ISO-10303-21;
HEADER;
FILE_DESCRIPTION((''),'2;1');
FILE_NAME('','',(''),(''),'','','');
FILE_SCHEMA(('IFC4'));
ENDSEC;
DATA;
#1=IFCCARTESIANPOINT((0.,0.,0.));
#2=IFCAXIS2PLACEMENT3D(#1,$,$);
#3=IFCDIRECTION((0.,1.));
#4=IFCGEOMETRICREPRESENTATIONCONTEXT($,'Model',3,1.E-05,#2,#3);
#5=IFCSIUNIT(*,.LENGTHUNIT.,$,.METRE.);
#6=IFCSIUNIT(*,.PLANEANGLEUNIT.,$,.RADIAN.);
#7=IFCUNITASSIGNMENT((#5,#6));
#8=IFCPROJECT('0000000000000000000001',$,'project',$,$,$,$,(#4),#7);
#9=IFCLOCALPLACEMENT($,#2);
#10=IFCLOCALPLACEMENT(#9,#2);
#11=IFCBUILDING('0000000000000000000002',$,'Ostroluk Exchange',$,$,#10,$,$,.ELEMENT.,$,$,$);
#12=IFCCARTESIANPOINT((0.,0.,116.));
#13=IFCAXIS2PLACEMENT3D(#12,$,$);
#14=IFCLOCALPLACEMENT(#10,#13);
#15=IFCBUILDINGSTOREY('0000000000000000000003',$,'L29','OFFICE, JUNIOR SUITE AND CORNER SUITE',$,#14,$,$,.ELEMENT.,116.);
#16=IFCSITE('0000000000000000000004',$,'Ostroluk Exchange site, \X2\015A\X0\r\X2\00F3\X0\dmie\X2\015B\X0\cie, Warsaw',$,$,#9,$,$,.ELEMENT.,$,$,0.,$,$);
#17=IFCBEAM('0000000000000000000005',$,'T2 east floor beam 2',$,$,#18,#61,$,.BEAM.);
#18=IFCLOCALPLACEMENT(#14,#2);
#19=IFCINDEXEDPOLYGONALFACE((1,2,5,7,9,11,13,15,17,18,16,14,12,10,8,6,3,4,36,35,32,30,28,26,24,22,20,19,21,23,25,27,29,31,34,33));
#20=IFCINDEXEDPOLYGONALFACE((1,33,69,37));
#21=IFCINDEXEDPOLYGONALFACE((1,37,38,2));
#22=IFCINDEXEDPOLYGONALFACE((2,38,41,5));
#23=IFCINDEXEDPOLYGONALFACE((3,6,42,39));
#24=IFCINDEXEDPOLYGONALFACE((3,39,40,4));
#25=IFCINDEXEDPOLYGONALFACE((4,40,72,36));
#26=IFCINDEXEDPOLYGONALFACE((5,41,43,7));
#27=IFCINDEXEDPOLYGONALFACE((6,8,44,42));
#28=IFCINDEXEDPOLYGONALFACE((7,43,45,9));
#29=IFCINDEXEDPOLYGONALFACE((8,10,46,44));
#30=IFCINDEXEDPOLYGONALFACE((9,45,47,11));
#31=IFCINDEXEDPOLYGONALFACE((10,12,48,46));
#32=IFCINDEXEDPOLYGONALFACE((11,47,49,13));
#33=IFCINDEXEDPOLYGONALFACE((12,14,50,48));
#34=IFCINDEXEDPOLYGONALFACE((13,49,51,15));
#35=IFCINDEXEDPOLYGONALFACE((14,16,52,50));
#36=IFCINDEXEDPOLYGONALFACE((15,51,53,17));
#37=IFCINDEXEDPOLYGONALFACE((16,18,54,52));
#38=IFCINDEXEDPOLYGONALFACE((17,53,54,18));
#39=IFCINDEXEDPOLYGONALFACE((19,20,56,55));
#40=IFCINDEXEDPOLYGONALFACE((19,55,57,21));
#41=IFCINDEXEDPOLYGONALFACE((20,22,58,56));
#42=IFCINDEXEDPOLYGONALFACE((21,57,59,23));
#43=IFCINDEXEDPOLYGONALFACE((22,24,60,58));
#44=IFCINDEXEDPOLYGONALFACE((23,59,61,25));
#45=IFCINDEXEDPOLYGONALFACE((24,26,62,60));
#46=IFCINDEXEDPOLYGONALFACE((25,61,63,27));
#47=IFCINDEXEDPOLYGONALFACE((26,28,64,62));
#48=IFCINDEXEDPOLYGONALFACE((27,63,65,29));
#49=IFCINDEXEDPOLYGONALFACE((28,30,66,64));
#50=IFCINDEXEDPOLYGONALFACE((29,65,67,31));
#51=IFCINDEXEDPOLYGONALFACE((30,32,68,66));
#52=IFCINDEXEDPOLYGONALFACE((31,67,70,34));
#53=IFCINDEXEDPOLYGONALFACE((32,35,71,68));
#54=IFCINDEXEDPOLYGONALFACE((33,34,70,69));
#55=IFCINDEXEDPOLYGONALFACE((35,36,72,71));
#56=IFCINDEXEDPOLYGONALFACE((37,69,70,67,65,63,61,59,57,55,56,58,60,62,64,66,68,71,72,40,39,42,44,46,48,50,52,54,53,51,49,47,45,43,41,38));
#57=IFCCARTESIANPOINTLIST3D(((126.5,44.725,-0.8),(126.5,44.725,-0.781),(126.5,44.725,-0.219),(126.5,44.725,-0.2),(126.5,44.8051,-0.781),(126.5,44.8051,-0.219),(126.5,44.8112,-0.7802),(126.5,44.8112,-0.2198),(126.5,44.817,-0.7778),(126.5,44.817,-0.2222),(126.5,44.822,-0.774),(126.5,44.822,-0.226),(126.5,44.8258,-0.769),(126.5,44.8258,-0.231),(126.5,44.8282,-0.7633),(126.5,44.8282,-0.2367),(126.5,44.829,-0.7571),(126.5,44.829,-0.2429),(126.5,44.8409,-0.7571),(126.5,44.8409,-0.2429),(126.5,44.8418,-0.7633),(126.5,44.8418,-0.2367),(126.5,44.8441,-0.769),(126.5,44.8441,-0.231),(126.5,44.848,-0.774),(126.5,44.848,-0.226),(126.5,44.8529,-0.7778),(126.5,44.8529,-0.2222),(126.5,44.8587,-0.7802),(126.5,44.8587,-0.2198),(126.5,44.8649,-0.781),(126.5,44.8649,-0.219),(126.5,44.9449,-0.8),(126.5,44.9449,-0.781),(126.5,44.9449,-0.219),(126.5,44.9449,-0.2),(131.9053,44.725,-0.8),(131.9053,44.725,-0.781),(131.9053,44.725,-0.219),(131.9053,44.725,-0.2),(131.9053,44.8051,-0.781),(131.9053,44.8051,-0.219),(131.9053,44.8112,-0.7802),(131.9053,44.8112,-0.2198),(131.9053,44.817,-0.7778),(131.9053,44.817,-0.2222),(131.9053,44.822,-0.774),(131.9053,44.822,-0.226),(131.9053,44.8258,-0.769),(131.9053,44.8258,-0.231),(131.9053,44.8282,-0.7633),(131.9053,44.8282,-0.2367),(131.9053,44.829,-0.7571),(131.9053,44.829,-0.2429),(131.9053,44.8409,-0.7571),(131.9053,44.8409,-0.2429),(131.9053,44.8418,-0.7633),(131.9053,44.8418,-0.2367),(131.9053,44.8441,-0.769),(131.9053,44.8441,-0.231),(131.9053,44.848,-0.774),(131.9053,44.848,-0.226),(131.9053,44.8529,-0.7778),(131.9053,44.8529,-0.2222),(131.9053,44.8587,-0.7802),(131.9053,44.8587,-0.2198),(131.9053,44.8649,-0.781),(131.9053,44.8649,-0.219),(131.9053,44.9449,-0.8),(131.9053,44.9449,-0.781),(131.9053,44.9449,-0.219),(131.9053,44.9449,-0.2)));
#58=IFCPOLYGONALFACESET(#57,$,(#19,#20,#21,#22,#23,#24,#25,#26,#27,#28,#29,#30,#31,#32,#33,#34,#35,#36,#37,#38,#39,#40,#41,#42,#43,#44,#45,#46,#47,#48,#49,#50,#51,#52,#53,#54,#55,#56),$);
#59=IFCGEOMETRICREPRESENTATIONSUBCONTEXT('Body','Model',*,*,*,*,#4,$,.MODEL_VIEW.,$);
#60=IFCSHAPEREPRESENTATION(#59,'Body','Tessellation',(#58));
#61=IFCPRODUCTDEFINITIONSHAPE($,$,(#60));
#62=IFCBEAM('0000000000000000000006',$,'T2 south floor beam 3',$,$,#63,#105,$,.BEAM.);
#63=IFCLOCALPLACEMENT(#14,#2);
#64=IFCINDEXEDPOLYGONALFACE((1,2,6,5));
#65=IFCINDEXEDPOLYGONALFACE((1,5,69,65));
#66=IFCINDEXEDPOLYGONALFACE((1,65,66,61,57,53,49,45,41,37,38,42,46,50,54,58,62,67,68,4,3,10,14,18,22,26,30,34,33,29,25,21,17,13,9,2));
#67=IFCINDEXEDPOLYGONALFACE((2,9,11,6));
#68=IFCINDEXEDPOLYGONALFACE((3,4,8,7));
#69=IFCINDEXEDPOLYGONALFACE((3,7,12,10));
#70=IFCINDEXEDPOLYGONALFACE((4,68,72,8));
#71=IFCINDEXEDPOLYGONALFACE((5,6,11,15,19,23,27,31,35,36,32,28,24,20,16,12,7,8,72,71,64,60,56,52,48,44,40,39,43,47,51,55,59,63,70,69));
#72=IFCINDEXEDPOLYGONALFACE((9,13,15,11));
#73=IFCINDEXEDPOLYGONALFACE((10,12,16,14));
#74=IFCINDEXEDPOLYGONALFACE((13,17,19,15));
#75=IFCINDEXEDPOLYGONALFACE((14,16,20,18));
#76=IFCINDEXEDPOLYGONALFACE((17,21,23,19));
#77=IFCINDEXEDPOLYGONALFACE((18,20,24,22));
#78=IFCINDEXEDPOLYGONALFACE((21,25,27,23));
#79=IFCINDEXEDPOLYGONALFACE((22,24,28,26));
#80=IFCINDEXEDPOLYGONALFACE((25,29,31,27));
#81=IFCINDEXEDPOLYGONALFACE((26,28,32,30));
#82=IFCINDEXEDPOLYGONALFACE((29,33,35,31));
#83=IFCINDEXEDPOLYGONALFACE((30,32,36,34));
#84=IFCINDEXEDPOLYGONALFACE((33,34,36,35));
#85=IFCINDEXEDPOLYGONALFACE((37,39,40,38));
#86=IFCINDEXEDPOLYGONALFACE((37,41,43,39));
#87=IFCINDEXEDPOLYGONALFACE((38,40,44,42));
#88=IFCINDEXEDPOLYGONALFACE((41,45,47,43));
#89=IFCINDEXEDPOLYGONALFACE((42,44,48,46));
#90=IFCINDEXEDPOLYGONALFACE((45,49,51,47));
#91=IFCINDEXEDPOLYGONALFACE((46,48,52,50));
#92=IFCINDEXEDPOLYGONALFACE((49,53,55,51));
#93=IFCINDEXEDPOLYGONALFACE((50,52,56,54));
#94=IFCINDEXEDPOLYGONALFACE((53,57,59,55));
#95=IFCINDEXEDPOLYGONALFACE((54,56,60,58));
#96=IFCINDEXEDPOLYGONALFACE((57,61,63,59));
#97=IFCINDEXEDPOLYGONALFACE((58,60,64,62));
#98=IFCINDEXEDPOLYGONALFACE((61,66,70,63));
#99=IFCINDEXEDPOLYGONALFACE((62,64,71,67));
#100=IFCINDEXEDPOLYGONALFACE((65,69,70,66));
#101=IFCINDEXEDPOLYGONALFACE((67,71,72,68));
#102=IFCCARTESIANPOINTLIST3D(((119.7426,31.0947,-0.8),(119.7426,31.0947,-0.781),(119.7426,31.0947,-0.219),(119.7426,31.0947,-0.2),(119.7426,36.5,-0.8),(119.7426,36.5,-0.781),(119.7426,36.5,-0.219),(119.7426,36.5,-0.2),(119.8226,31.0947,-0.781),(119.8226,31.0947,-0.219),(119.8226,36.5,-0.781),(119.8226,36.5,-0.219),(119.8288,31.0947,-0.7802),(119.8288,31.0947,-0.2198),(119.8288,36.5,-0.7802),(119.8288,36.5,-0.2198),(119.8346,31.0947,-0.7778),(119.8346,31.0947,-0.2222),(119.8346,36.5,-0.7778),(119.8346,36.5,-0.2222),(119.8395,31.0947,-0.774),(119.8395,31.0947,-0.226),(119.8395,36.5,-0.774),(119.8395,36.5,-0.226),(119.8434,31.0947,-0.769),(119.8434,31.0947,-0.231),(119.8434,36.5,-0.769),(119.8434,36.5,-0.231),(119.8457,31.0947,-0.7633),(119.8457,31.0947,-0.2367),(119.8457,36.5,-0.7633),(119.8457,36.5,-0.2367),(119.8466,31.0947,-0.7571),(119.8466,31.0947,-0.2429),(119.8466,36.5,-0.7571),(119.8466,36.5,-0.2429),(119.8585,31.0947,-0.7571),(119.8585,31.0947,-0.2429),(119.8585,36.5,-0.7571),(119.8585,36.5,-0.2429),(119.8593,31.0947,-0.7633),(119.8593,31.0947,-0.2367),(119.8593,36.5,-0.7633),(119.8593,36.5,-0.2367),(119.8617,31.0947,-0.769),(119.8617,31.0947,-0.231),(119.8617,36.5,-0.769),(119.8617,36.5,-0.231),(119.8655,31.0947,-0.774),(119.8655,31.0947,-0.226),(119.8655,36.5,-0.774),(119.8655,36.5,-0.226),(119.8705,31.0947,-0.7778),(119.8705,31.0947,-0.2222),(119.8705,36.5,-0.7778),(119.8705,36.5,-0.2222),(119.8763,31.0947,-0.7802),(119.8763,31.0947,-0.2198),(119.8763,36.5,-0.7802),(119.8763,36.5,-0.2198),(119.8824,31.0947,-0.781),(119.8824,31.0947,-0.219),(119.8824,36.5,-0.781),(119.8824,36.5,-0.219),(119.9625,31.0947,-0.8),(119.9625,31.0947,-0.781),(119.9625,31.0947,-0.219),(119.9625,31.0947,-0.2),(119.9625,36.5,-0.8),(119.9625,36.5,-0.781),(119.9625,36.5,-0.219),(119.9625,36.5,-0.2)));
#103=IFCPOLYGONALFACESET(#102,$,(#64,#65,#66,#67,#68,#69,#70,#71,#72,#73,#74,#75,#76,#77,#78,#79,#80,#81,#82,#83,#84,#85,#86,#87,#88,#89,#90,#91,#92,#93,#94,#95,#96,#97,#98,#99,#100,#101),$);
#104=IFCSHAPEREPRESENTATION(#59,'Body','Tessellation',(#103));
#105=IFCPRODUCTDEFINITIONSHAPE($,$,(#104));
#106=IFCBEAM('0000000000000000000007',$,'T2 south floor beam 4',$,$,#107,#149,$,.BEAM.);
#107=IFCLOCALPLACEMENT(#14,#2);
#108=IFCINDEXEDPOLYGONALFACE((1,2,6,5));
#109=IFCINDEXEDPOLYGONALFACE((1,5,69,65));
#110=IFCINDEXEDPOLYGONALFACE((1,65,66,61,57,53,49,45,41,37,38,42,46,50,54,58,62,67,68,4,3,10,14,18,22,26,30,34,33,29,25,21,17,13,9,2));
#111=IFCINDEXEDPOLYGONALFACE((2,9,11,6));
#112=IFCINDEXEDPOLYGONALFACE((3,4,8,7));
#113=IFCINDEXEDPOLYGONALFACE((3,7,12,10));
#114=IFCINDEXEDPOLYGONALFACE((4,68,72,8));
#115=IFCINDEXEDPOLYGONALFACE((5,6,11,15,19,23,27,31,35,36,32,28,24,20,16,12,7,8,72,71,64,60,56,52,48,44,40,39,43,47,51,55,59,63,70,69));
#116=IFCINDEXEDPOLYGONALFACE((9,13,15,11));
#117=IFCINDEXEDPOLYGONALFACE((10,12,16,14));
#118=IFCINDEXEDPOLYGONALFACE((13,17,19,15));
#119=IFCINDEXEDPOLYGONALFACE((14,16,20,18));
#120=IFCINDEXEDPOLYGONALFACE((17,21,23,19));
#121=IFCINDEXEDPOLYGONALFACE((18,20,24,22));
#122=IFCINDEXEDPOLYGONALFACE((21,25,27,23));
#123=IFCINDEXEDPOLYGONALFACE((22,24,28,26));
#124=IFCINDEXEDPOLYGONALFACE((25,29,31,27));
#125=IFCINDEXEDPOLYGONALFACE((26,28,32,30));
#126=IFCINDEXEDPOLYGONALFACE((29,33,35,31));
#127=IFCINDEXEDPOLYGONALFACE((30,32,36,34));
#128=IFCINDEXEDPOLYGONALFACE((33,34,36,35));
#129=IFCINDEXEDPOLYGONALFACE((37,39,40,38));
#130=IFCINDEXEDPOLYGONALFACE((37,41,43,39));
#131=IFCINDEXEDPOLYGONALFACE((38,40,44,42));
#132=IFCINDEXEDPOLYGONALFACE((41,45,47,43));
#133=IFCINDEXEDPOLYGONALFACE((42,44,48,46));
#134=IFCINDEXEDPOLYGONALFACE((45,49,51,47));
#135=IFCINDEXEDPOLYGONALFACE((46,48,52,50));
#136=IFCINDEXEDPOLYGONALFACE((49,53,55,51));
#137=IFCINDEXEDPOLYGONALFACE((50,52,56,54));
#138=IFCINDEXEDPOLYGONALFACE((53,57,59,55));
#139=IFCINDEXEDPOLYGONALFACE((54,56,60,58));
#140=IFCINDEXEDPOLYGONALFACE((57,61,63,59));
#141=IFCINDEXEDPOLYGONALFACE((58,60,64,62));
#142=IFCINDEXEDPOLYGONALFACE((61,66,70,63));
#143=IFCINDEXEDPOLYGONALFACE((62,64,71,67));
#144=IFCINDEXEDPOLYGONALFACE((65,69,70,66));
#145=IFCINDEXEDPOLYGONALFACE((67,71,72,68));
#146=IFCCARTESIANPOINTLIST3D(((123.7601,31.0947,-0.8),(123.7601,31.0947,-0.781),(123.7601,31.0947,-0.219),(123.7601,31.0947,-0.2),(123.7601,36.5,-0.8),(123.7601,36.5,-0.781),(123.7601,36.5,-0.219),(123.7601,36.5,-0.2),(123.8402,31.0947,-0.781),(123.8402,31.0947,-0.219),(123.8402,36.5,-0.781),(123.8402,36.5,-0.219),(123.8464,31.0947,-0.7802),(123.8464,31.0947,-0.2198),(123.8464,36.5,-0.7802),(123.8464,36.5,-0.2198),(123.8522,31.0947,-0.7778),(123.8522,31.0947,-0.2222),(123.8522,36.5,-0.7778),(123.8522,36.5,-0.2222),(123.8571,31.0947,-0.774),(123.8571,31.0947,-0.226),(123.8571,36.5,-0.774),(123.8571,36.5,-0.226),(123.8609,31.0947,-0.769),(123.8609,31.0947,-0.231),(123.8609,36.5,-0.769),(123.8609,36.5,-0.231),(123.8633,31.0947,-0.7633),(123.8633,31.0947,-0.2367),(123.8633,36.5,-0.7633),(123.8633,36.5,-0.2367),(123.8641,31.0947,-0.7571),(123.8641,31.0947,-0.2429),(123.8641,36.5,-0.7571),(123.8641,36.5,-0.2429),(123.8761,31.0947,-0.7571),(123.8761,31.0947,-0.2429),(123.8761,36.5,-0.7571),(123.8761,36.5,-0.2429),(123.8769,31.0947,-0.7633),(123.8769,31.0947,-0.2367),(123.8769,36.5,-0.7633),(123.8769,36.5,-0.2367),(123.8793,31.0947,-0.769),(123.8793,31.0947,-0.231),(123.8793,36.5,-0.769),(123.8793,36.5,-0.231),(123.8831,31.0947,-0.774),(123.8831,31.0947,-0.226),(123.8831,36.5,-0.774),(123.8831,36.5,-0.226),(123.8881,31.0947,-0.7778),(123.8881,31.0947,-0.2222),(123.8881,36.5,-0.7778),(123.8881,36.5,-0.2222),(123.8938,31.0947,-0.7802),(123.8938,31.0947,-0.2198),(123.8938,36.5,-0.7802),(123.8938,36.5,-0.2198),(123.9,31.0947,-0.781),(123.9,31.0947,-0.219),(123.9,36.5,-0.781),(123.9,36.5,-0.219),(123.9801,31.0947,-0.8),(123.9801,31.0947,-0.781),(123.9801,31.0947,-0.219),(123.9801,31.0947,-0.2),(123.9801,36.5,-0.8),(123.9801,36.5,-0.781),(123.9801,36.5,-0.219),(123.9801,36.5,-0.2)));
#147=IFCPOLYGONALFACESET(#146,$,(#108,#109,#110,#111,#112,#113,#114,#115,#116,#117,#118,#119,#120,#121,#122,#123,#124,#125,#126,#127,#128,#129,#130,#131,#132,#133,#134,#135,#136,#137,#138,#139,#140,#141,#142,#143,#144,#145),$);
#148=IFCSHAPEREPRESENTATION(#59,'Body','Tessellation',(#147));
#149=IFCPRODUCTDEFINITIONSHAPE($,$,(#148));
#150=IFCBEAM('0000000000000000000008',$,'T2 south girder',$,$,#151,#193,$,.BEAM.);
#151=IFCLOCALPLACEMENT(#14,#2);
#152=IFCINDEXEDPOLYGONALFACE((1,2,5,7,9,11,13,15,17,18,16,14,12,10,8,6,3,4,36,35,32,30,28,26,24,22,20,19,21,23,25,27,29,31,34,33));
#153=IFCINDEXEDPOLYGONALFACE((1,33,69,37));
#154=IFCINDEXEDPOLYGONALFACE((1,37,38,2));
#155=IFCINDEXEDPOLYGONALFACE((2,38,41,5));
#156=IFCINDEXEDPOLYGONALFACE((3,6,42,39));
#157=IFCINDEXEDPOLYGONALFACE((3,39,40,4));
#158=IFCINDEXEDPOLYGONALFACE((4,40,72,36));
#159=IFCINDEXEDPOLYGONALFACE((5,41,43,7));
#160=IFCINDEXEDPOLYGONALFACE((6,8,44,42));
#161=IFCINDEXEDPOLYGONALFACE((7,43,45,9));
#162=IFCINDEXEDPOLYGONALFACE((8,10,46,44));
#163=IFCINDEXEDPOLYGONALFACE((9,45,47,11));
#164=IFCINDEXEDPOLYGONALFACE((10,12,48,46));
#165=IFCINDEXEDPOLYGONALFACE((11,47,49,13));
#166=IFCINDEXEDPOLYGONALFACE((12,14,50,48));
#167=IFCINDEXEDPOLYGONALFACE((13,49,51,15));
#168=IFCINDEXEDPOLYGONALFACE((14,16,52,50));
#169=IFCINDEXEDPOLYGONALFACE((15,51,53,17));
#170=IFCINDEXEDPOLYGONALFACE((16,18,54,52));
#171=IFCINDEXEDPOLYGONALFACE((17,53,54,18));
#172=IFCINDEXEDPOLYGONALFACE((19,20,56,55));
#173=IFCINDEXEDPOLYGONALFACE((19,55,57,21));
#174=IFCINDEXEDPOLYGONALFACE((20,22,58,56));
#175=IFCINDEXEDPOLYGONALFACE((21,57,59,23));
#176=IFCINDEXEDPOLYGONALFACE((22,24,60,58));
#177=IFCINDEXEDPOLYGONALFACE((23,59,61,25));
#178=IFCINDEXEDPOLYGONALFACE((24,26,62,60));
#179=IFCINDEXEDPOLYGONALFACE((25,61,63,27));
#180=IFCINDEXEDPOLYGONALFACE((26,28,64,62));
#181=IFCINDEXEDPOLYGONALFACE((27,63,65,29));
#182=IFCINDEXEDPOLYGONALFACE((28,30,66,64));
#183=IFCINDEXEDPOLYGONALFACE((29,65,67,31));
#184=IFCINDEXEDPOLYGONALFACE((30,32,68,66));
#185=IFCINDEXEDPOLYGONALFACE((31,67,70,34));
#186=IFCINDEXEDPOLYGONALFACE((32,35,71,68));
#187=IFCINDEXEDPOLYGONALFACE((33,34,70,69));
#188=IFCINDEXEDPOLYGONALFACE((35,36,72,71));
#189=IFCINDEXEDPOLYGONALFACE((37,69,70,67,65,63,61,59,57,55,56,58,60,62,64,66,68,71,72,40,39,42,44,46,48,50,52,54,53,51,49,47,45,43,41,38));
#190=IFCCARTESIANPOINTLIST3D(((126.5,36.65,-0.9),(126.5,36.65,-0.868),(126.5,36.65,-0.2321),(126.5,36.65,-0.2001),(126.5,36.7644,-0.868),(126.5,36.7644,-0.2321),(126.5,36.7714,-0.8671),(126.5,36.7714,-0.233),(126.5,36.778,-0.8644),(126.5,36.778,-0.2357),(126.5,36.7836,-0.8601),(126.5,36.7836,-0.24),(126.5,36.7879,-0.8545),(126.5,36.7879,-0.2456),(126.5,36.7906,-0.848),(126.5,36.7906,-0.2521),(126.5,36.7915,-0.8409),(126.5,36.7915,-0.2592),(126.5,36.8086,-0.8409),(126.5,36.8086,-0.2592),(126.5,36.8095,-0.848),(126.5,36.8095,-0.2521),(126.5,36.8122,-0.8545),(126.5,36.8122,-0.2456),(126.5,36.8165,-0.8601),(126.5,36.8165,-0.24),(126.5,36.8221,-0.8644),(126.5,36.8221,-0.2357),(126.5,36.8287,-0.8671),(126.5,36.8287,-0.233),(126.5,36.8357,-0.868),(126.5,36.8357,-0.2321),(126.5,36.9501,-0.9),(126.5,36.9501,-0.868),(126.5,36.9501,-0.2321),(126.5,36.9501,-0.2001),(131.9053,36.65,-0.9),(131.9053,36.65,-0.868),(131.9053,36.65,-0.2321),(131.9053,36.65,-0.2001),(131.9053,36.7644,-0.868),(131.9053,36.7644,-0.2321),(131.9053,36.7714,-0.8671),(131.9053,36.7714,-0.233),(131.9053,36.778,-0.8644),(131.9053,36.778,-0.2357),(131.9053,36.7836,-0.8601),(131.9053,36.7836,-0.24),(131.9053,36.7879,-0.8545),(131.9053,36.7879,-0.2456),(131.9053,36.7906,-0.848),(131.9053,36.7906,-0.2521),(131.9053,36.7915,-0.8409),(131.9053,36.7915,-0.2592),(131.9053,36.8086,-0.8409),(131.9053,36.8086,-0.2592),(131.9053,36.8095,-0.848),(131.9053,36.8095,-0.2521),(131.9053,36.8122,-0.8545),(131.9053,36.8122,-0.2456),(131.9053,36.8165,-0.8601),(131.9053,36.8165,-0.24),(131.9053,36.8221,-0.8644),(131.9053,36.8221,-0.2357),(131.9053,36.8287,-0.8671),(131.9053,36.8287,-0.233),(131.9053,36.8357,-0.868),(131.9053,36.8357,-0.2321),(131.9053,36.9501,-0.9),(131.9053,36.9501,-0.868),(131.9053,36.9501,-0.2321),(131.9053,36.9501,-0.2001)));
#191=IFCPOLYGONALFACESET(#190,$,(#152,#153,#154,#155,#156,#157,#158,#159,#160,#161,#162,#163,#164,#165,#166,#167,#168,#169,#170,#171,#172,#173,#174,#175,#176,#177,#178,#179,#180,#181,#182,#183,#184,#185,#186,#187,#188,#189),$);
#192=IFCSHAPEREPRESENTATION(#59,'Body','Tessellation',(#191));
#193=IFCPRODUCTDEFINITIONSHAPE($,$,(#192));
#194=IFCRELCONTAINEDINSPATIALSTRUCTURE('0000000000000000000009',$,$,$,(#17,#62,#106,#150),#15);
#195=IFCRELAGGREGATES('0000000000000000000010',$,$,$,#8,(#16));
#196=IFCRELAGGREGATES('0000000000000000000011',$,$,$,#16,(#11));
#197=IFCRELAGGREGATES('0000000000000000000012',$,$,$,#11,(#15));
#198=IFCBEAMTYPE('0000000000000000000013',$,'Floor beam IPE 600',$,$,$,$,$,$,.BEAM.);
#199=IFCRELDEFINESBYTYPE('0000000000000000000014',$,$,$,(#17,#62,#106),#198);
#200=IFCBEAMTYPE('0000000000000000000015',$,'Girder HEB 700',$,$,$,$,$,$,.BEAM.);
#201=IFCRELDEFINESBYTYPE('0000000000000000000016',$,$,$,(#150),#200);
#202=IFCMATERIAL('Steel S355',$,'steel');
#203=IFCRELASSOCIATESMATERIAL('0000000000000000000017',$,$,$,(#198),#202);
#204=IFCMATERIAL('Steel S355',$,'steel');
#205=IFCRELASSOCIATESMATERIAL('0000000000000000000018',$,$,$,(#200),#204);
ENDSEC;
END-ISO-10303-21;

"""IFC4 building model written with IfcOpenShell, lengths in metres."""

from ifc_helpers import new_model, si_unit, direction, frame, origin, origin_2d, place, context, subcontext, project, spatial, i_section, extrude, material, material_profile, profile_set, type_object, element, save


model = new_model("IFC4")

# Units and contexts
model_context = context("Model", 3, precision=1e-05, world=origin(), true_north=direction((0.0, 1.0)))
body_context = subcontext(model_context, "Body", "Model", "MODEL_VIEW")
ifc_project = project(units=[si_unit("LENGTHUNIT", "METRE"), si_unit("PLANEANGLEUNIT", "RADIAN")], contexts=[model_context])

# Site, building, storey
site_placement = place(None, origin())
site = spatial("IfcSite", under=ifc_project, at=site_placement, Name="Ostroluk Exchange site, Śródmieście, Warsaw", CompositionType="ELEMENT", RefElevation=0.0)
building_placement = place(site_placement, origin())
building = spatial("IfcBuilding", under=site, at=building_placement, Name="Ostroluk Exchange", CompositionType="ELEMENT")
storey_placement = place(building_placement, frame((0.0, 0.0, 116.0)))
storey = spatial("IfcBuildingStorey", under=building, at=storey_placement, Name="L29", Description="OFFICE, JUNIOR SUITE AND CORNER SUITE", CompositionType="ELEMENT", Elevation=116.0)

# Beams
ifc_material_1 = material(Name="Steel S355", Category="steel")
ifc_material_profile_1 = material_profile(ifc_material_1, i_section(OverallWidth=0.22, OverallDepth=0.6001, WebThickness=0.012, FlangeThickness=0.019, FilletRadius=0.0239, at=origin_2d()), Name="IPE 600")
ifc_profile_set_1 = profile_set([ifc_material_profile_1], Name="Steel S355")
beam_type_1 = type_object("IfcBeamType", Name="Floor beam IPE 600", PredefinedType="BEAM", material=ifc_profile_set_1)
for number, where, z_axis, x_axis, name in (
    (1, (126.5, 44.835, -0.5), (1.0, 0.0, 0.0), (0.0, 1.0, 0.0), "T2 east floor beam 2"),
    (2, (119.8525, 36.5, -0.5), (0.0, -1.0, 0.0), (1.0, 0.0, 0.0), "T2 south floor beam 3"),
    (3, (123.8701, 36.5, -0.5), (0.0, -1.0, 0.0), (1.0, 0.0, 0.0), "T2 south floor beam 4"),
):
    element("IfcBeam", number, at=place(storey_placement, frame(where, z_axis=z_axis, x_axis=x_axis)), inside=storey, type_object=beam_type_1, Name=name, PredefinedType="BEAM", context=body_context, shape_type="SweptSolid", body=[
        extrude(i_section(OverallWidth=0.22, OverallDepth=0.6001, WebThickness=0.012, FlangeThickness=0.019, FilletRadius=0.0239, at=origin_2d()), origin(), (0.0, 0.0, 1.0), 5.4053),
    ])
ifc_material_2 = material(Name="Steel S355", Category="steel")
ifc_material_profile_2 = material_profile(ifc_material_2, i_section(OverallWidth=0.3, OverallDepth=0.7, WebThickness=0.0171, FlangeThickness=0.032, FilletRadius=0.0271, at=origin_2d()), Name="HEB 700")
ifc_profile_set_2 = profile_set([ifc_material_profile_2], Name="Steel S355")
beam_type_2 = type_object("IfcBeamType", Name="Girder HEB 700", PredefinedType="BEAM", material=ifc_profile_set_2)
beam_1_placement = place(storey_placement, frame((126.5, 36.8, -0.55), z_axis=(1.0, 0.0, 0.0), x_axis=(0.0, 1.0, 0.0)))
element("IfcBeam", 4, at=beam_1_placement, inside=storey, type_object=beam_type_2, Name="T2 south girder", PredefinedType="BEAM", context=body_context, shape_type="SweptSolid", body=[
    extrude(i_section(OverallWidth=0.3, OverallDepth=0.7, WebThickness=0.0171, FlangeThickness=0.032, FilletRadius=0.0271, at=origin_2d()), origin(), (0.0, 0.0, 1.0), 5.4053),
])

save(model, "model.ifc")
